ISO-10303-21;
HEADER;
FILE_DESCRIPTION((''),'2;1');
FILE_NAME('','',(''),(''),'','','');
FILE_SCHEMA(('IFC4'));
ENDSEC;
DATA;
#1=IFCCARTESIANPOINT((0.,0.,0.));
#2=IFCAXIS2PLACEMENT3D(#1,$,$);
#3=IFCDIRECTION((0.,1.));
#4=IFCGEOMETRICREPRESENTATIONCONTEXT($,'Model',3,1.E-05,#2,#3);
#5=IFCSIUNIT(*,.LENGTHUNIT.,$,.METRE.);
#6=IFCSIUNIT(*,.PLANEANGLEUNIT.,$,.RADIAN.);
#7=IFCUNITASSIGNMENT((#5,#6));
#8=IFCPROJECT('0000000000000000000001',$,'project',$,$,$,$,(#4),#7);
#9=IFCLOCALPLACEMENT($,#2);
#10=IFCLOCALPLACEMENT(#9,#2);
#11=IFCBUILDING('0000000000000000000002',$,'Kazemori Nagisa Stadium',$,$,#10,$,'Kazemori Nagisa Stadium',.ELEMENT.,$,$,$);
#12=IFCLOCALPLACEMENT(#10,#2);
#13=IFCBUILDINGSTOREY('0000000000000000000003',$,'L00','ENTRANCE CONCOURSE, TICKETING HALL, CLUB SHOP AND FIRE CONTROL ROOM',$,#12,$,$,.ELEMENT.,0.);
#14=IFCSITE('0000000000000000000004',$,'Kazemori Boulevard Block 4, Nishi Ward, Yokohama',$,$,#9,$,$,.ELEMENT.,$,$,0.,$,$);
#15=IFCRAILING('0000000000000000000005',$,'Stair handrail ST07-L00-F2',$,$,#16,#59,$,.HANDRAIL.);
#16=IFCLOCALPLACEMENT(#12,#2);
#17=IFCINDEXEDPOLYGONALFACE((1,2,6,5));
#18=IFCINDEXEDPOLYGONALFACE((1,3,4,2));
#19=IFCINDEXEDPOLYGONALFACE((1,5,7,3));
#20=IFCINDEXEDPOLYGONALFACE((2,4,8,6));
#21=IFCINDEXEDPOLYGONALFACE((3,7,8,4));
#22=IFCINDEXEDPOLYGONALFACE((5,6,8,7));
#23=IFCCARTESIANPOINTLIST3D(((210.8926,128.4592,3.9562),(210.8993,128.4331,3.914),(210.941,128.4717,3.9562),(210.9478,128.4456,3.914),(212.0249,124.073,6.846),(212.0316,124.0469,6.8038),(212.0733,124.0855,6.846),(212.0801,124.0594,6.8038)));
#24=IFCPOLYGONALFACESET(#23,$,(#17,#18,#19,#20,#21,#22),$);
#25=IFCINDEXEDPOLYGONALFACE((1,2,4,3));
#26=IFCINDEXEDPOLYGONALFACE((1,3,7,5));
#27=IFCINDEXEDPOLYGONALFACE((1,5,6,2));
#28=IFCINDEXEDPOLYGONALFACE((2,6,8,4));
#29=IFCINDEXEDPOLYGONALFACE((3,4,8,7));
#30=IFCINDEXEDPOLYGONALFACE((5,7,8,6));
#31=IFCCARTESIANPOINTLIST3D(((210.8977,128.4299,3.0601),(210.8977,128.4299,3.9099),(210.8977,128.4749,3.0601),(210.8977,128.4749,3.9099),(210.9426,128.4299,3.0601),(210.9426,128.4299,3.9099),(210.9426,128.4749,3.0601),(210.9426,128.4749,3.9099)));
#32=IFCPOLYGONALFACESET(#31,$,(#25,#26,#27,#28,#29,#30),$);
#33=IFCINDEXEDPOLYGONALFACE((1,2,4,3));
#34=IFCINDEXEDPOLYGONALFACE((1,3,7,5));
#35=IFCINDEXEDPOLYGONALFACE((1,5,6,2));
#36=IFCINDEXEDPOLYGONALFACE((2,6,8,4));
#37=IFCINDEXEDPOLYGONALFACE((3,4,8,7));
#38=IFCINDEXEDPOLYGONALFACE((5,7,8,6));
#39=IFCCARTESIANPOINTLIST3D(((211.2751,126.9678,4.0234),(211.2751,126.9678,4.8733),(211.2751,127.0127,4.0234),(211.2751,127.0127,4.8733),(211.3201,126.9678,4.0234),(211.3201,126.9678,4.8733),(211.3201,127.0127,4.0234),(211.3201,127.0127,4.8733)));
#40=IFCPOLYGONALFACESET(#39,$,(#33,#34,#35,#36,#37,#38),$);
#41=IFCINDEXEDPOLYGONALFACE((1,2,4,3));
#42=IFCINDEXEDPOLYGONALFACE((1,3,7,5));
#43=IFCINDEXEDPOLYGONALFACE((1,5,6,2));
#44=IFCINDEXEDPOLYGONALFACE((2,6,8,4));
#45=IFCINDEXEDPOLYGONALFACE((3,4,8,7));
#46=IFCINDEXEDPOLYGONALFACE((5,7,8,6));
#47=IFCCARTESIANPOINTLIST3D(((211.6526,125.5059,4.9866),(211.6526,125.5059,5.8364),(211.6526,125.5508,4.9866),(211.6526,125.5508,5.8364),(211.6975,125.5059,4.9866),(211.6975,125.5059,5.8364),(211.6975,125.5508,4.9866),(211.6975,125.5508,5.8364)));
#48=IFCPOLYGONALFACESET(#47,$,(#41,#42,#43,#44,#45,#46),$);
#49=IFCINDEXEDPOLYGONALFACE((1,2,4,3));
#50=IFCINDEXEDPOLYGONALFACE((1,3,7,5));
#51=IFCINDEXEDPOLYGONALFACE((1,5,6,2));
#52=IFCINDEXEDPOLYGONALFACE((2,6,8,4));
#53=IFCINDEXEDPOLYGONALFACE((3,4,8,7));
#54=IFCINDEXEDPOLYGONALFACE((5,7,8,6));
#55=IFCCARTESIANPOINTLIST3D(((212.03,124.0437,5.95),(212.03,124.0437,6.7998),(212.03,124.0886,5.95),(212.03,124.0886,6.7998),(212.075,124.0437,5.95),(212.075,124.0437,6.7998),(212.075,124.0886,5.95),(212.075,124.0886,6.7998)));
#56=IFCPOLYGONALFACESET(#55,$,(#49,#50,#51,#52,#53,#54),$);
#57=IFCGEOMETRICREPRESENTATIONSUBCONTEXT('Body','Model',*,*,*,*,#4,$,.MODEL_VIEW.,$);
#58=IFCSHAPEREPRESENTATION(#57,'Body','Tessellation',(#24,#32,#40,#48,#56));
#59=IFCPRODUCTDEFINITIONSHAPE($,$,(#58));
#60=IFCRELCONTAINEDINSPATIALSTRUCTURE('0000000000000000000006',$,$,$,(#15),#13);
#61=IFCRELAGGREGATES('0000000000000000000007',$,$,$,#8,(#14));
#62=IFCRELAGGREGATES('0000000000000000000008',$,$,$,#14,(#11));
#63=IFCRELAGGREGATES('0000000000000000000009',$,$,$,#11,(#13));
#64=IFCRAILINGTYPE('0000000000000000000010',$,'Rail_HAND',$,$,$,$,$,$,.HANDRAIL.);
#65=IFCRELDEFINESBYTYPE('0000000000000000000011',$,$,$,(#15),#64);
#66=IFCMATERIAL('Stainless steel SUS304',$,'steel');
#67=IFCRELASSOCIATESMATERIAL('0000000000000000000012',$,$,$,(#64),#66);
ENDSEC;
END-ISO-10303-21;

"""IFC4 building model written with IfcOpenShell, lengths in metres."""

from ifc_helpers import new_model, si_unit, direction, frame, origin, origin_2d, place, context, subcontext, project, spatial, rectangle, extrude, material, type_object, element, save


model = new_model("IFC4")

# Units and contexts
model_context = context("Model", 3, precision=1e-05, world=origin(), true_north=direction((0.0, 1.0)))
body_context = subcontext(model_context, "Body", "Model", "MODEL_VIEW")
ifc_project = project(units=[si_unit("LENGTHUNIT", "METRE"), si_unit("PLANEANGLEUNIT", "RADIAN")], contexts=[model_context])

# Site, building, storey
site_placement = place(None, origin())
site = spatial("IfcSite", under=ifc_project, at=site_placement, Name="Kazemori Boulevard Block 4, Nishi Ward, Yokohama", CompositionType="ELEMENT", RefElevation=0.0)
building_placement = place(site_placement, origin())
building = spatial("IfcBuilding", under=site, at=building_placement, Name="Kazemori Nagisa Stadium", LongName="Kazemori Nagisa Stadium", CompositionType="ELEMENT")
storey_placement = place(building_placement, origin())
storey = spatial("IfcBuildingStorey", under=building, at=storey_placement, Name="L00", Description="ENTRANCE CONCOURSE, TICKETING HALL, CLUB SHOP AND FIRE CONTROL ROOM", CompositionType="ELEMENT", Elevation=0.0)

# Shared definitions
ifc_material_1 = material(Name="Stainless steel SUS304", Category="steel")

# Railing
railing_type_1 = type_object("IfcRailingType", Name="Rail_HAND", PredefinedType="HANDRAIL", material=ifc_material_1)
railing_1_placement = place(storey_placement, frame((210.9202, 128.4524, 3.0601)))
element("IfcRailing", 1, at=railing_1_placement, inside=storey, type_object=railing_type_1, Name="Stair handrail ST07-L00-F2", PredefinedType="HANDRAIL", context=body_context, shape_type="SweptSolid", body=[
    extrude(rectangle(XDim=0.05, YDim=0.05, at=origin_2d()), frame((0.0, 0.0, 0.875), z_axis=(0.210731, -0.816297, 0.537822), x_axis=(0.968256, 0.24996, 0.0)), (0.0, 0.0, 1.0), 5.3733),
    extrude(rectangle(XDim=0.0449, YDim=0.0449, at=origin_2d()), origin(), (0.0, 0.0, 1.0), 0.8499),
    extrude(rectangle(XDim=0.0449, YDim=0.0449, at=origin_2d()), frame((0.3774, -1.4622, 0.9634)), (0.0, 0.0, 1.0), 0.8499),
    extrude(rectangle(XDim=0.0449, YDim=0.0449, at=origin_2d()), frame((0.7549, -2.9241, 1.9265)), (0.0, 0.0, 1.0), 0.8499),
    extrude(rectangle(XDim=0.0449, YDim=0.0449, at=origin_2d()), frame((1.1323, -4.3862, 2.8899)), (0.0, 0.0, 1.0), 0.8499),
])

save(model, "model.ifc")
